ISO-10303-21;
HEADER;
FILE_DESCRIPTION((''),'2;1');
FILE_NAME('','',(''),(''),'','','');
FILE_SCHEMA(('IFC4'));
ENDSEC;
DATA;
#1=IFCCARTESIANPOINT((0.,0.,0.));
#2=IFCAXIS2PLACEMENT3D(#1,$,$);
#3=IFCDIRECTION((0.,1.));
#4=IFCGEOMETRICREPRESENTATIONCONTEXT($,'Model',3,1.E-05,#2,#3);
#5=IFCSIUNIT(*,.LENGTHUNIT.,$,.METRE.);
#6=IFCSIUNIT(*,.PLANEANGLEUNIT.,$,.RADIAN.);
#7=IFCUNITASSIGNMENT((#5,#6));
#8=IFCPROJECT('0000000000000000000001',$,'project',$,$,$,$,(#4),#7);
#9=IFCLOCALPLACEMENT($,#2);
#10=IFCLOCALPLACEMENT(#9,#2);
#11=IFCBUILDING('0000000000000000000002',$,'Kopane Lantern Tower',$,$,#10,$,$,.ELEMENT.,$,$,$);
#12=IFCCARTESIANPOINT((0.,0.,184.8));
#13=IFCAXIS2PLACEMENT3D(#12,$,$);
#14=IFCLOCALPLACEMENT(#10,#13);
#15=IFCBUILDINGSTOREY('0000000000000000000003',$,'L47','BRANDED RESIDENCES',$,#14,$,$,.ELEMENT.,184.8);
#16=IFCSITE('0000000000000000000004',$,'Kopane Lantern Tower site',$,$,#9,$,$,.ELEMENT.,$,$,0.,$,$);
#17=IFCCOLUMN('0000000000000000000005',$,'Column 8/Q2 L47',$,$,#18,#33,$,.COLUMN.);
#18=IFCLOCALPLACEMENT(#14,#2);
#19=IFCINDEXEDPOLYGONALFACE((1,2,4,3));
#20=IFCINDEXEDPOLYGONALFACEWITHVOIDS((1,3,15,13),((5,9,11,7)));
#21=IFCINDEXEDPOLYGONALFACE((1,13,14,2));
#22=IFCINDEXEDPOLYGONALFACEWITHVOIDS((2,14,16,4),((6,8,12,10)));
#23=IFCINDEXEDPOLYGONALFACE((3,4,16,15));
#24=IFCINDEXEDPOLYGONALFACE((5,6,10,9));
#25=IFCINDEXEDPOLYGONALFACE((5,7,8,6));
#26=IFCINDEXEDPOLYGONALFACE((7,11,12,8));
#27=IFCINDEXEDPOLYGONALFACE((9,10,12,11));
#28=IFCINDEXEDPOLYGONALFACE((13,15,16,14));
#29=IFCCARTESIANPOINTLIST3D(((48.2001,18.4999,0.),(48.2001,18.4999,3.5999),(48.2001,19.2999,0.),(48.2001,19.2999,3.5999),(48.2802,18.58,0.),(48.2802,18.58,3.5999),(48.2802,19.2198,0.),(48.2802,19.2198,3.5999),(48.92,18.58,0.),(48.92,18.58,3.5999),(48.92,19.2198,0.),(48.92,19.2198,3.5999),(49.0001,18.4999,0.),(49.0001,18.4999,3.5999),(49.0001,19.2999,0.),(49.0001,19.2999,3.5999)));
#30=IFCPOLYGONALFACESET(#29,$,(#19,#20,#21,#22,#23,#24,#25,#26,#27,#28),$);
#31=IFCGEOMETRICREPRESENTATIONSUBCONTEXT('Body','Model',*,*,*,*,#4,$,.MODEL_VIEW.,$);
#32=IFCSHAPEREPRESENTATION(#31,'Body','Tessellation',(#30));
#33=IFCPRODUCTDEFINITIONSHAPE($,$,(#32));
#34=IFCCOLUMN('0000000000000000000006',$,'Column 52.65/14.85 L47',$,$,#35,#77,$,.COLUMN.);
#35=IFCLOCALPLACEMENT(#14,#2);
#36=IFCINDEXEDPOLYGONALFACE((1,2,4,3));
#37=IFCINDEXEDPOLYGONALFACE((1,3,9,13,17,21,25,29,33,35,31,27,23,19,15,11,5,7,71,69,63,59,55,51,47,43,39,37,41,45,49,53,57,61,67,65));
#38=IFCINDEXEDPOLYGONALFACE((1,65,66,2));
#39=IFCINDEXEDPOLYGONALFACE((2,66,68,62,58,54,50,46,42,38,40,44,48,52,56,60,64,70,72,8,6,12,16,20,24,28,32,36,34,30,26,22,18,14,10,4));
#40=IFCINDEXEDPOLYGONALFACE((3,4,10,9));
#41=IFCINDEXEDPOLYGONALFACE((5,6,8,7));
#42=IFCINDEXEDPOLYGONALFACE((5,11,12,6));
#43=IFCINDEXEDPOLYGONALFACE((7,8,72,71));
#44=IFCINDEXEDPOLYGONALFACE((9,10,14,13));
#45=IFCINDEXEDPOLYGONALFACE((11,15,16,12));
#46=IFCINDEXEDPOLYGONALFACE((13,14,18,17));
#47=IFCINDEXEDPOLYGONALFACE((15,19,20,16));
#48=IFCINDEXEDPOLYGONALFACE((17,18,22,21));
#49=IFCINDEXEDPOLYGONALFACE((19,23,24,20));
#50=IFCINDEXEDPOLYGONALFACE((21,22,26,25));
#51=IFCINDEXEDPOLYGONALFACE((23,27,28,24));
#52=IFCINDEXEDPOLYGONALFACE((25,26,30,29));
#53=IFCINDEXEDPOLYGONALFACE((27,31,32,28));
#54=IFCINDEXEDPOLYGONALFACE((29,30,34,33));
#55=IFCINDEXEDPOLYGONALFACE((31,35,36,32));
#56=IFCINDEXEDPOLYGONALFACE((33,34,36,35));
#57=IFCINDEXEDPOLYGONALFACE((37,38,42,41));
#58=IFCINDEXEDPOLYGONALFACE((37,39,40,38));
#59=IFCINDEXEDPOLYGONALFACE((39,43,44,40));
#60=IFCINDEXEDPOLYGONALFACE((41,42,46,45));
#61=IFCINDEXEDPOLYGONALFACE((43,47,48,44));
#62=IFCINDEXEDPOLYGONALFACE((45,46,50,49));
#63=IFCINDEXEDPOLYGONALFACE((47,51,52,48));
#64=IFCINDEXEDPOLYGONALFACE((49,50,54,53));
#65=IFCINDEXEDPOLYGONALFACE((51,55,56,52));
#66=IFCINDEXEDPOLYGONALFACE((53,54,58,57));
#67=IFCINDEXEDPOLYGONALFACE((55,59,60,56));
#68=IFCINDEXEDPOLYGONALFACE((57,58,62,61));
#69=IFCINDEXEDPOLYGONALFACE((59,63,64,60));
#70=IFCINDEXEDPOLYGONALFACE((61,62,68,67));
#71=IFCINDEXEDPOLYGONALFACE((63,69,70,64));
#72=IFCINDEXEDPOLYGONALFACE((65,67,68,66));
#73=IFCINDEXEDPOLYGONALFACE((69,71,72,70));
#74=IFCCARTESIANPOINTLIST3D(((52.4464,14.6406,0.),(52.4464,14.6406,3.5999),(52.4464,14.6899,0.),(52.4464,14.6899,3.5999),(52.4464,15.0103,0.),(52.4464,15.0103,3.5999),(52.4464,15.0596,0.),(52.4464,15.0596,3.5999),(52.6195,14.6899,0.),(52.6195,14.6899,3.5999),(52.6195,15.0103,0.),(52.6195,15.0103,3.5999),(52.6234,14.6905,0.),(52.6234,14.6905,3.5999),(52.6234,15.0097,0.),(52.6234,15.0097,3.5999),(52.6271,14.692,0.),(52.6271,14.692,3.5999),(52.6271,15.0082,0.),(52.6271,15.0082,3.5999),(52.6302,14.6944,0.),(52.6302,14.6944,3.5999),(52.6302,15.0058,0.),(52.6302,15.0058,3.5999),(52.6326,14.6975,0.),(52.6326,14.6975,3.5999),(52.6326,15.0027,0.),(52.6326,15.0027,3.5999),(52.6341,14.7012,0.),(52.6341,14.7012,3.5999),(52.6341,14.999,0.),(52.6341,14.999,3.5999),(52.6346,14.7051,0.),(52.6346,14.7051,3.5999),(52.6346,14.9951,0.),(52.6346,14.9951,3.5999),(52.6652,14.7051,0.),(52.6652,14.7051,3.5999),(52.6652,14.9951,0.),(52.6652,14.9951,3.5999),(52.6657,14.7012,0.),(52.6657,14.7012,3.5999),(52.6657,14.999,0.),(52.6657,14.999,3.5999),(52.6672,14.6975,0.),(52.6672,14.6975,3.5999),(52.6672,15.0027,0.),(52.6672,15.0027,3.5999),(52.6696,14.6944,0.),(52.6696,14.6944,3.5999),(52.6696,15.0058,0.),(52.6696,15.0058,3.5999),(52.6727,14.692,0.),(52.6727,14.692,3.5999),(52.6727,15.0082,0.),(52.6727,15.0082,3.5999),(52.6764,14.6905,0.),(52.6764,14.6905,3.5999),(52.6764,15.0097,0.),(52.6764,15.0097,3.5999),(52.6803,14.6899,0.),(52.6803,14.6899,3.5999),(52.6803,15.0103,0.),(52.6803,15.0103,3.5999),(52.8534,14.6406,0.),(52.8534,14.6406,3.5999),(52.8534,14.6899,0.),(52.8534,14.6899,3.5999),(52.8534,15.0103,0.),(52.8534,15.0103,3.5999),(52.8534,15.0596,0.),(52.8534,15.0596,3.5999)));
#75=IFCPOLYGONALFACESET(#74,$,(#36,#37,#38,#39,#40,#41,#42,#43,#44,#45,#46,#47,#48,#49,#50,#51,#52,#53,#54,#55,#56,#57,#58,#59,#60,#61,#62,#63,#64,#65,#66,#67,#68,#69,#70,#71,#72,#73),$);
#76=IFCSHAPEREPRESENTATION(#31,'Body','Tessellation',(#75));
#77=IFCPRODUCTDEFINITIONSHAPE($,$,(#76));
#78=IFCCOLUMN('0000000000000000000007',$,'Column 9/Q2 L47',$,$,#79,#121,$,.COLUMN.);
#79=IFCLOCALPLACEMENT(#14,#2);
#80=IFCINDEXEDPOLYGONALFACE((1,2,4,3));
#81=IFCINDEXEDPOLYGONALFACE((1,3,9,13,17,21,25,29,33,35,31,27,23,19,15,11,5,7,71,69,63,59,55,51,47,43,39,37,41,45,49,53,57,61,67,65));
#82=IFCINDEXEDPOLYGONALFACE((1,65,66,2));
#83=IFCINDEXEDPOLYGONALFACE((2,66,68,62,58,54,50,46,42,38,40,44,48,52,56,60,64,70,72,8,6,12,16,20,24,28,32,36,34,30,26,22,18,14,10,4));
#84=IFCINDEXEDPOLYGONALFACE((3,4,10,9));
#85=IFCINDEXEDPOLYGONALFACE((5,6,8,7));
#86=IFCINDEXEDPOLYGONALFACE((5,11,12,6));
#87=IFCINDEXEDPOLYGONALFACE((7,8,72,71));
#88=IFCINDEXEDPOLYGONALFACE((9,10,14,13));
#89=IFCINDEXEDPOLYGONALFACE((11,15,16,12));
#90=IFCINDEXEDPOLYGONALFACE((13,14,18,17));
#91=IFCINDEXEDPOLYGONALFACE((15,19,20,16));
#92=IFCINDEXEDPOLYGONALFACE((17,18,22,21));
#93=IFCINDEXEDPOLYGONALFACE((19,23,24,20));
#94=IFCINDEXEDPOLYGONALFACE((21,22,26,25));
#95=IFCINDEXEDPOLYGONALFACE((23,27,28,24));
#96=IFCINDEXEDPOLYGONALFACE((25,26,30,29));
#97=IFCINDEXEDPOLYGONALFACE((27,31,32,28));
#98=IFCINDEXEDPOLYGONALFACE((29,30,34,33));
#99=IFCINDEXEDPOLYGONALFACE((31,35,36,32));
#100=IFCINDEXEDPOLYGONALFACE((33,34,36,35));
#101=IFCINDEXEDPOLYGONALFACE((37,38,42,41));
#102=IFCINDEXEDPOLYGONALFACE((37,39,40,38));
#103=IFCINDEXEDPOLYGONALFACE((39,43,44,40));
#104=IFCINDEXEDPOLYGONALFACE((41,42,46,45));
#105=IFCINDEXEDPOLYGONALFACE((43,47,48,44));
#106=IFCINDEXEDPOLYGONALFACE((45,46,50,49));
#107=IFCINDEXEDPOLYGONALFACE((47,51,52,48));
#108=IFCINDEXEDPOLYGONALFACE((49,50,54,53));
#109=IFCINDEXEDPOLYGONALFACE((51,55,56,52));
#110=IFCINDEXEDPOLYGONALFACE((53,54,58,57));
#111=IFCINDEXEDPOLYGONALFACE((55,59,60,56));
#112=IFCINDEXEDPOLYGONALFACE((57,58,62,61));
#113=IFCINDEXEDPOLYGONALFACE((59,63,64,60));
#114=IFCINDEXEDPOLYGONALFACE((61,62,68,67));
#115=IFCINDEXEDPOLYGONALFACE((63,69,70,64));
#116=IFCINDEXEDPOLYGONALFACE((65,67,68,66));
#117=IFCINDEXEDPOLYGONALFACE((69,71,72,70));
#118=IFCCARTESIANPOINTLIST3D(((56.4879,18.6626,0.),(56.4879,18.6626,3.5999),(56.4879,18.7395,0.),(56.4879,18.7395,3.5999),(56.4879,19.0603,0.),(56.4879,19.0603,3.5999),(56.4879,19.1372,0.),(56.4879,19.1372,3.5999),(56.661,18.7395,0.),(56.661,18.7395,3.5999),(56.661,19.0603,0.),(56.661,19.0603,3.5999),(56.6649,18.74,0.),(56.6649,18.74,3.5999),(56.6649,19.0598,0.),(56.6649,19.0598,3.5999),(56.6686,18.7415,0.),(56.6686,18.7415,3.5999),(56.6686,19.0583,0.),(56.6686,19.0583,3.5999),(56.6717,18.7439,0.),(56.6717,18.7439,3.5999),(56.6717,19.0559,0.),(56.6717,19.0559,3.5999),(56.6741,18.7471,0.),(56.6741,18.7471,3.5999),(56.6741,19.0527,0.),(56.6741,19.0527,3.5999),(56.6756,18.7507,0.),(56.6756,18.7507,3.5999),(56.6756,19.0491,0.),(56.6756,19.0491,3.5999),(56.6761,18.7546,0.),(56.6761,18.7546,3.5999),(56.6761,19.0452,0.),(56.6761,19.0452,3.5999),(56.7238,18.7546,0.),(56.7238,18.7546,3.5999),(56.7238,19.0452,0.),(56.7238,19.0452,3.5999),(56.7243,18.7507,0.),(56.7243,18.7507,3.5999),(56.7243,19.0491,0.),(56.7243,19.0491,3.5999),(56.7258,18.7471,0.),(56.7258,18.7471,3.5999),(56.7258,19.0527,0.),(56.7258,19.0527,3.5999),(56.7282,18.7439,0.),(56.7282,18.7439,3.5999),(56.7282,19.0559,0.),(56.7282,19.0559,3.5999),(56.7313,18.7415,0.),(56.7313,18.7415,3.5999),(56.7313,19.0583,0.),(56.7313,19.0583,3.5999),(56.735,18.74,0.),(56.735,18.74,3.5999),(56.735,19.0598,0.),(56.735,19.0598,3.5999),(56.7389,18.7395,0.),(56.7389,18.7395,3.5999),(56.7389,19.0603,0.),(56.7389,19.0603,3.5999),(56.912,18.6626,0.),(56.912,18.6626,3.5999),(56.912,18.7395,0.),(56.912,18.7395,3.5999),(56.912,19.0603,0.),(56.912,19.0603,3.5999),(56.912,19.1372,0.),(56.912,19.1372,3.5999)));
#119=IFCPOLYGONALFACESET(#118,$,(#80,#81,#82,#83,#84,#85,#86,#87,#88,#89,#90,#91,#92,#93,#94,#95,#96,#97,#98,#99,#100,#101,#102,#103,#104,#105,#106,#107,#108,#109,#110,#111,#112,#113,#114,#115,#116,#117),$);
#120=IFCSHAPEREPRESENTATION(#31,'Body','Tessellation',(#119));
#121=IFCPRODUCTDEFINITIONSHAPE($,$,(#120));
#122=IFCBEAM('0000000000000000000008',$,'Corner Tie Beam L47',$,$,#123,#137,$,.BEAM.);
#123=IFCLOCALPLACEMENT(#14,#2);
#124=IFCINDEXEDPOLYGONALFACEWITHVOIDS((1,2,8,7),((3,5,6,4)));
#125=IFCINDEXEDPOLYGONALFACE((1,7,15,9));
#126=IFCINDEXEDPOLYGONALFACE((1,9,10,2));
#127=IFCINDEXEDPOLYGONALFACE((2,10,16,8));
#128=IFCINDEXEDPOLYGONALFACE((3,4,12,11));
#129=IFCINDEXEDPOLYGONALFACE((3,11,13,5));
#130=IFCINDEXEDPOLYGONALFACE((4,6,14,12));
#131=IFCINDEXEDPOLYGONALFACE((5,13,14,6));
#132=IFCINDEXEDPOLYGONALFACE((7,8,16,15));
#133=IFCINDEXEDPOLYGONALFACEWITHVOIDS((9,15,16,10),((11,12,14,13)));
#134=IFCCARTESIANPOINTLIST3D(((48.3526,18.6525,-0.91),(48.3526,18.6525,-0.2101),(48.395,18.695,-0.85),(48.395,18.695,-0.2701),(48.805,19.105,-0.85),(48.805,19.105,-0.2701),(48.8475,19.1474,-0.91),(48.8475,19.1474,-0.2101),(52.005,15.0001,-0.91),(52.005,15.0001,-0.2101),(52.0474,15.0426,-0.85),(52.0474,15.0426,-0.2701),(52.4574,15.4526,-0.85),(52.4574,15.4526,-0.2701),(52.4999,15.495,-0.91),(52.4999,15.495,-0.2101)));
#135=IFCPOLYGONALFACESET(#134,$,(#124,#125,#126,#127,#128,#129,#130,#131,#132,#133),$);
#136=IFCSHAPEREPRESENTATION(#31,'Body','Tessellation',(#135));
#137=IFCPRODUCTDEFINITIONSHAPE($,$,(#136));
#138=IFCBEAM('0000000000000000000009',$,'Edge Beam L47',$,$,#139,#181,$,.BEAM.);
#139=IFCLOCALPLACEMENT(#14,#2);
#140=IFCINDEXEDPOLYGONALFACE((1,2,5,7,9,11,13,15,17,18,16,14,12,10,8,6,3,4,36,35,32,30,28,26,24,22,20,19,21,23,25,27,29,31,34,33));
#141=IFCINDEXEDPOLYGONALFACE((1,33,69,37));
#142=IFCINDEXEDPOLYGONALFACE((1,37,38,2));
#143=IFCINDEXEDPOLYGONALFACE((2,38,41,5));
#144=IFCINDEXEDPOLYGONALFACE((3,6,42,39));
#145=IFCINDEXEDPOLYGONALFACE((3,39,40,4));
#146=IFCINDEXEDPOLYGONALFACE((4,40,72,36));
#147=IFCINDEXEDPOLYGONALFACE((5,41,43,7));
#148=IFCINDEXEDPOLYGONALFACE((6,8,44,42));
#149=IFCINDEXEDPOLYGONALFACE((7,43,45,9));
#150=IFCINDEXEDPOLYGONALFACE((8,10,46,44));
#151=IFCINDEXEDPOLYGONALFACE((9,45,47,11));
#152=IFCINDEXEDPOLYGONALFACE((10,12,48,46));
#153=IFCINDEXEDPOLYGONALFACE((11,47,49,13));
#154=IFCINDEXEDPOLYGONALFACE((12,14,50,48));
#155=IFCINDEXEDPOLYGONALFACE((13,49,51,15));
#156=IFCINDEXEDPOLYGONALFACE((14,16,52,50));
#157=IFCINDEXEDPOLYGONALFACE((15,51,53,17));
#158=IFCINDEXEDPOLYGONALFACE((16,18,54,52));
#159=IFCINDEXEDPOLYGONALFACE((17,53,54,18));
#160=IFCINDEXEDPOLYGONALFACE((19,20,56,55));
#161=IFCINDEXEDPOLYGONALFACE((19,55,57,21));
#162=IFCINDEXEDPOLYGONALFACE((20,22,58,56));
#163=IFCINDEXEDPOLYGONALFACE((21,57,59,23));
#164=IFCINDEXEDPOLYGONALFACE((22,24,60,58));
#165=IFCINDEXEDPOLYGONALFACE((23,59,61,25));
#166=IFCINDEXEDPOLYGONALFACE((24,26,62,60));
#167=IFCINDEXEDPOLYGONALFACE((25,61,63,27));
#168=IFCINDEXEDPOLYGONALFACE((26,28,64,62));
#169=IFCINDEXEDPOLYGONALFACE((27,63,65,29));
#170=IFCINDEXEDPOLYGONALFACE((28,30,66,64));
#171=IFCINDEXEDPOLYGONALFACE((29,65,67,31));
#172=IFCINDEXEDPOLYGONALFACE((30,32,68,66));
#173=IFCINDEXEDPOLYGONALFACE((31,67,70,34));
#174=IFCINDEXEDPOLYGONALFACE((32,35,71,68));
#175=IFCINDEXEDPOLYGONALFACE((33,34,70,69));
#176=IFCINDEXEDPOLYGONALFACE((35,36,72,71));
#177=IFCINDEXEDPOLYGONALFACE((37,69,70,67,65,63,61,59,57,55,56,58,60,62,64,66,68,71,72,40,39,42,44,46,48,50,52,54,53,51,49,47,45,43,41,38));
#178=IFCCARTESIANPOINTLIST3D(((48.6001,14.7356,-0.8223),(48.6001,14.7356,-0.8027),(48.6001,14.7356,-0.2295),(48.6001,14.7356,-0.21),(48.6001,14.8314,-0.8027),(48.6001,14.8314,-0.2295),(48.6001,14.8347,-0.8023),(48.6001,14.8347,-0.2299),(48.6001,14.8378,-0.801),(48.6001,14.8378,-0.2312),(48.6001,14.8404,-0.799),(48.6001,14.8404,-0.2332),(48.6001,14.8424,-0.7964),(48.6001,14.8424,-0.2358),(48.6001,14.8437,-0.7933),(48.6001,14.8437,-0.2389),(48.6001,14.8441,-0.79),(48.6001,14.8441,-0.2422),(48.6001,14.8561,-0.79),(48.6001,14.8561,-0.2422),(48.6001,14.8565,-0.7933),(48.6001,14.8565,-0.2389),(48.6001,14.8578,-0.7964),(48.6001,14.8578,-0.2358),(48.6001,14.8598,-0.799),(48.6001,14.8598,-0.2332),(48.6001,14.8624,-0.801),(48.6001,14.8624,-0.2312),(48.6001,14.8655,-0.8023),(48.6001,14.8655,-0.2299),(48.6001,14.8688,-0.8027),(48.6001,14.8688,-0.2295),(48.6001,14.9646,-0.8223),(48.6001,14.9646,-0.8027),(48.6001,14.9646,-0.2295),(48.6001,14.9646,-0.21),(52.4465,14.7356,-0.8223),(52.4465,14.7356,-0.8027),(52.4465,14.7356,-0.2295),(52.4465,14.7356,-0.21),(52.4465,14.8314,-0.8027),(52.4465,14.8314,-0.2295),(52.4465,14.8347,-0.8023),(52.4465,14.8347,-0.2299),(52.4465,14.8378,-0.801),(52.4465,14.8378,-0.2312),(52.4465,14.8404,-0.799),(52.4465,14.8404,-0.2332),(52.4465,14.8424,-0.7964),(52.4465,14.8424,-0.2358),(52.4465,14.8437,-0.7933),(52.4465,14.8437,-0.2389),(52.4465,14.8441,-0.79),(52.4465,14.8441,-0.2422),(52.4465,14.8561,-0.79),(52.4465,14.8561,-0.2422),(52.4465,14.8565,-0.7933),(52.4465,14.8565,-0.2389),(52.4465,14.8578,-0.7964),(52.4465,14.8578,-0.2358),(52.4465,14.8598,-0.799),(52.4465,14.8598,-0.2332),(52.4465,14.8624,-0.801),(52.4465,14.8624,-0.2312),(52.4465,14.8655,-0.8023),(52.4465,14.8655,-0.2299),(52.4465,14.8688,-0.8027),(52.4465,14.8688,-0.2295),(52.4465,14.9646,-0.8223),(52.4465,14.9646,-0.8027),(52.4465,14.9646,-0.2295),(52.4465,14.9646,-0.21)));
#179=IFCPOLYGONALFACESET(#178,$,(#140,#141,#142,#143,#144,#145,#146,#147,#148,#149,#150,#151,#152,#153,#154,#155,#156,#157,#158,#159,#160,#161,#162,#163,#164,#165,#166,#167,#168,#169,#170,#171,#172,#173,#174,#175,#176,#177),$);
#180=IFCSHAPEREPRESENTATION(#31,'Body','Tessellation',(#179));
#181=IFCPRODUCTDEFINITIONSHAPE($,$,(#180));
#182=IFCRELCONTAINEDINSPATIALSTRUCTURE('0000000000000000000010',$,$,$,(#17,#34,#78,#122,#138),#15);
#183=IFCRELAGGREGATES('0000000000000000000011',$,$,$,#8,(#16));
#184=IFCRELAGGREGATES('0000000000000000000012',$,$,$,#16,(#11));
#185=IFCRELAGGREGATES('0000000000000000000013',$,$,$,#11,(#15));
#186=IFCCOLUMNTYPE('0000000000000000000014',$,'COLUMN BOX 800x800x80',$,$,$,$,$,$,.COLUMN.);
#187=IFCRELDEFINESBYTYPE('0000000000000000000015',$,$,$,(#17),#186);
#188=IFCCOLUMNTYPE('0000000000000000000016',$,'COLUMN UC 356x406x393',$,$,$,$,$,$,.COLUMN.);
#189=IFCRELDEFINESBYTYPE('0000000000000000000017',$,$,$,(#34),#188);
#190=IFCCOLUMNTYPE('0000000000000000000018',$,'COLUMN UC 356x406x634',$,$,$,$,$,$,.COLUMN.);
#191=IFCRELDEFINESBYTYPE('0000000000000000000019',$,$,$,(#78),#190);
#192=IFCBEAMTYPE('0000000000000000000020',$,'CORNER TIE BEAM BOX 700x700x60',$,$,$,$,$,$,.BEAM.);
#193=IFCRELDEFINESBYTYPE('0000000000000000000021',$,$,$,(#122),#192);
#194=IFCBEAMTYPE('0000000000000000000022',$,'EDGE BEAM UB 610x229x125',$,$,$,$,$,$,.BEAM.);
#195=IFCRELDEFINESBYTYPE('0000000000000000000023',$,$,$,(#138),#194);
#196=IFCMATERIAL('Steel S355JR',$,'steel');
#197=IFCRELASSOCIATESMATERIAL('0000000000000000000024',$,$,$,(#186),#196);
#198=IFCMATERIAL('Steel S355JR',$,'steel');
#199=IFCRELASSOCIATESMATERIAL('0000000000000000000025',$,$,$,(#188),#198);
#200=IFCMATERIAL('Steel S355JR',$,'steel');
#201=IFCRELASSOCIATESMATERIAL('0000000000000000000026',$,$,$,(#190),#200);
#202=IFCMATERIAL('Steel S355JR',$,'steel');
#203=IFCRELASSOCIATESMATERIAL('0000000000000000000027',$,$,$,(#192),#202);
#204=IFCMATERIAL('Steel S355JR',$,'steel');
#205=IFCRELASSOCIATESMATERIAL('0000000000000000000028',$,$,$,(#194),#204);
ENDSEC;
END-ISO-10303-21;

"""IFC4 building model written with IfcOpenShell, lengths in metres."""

from ifc_helpers import new_model, si_unit, direction, frame, origin, origin_2d, place, context, subcontext, project, spatial, hollow_rectangle, i_section, extrude, material, material_profile, profile_set, type_object, element, save


model = new_model("IFC4")

# Units and contexts
model_context = context("Model", 3, precision=1e-05, world=origin(), true_north=direction((0.0, 1.0)))
body_context = subcontext(model_context, "Body", "Model", "MODEL_VIEW")
ifc_project = project(units=[si_unit("LENGTHUNIT", "METRE"), si_unit("PLANEANGLEUNIT", "RADIAN")], contexts=[model_context])

# Site, building, storey
site_placement = place(None, origin())
site = spatial("IfcSite", under=ifc_project, at=site_placement, Name="Kopane Lantern Tower site", CompositionType="ELEMENT", RefElevation=0.0)
building_placement = place(site_placement, origin())
building = spatial("IfcBuilding", under=site, at=building_placement, Name="Kopane Lantern Tower", CompositionType="ELEMENT")
storey_placement = place(building_placement, frame((0.0, 0.0, 184.8)))
storey = spatial("IfcBuildingStorey", under=building, at=storey_placement, Name="L47", Description="BRANDED RESIDENCES", CompositionType="ELEMENT", Elevation=184.8)

# Columns
ifc_material_1 = material(Name="Steel S355JR", Category="steel")
ifc_material_profile_1 = material_profile(ifc_material_1, hollow_rectangle(XDim=0.8, YDim=0.8, WallThickness=0.0801, at=origin_2d()), Name="BOX 800x800x80")
ifc_profile_set_1 = profile_set([ifc_material_profile_1], Name="Steel S355JR")
column_type_1 = type_object("IfcColumnType", Name="COLUMN BOX 800x800x80", PredefinedType="COLUMN", material=ifc_profile_set_1)
column_1_placement = place(storey_placement, frame((48.6001, 18.8999, 0.0), z_axis=(0.0, 0.0, 1.0), x_axis=(1.0, 0.0, 0.0)))
element("IfcColumn", 1, at=column_1_placement, inside=storey, type_object=column_type_1, Name="Column 8/Q2 L47", PredefinedType="COLUMN", context=body_context, shape_type="SweptSolid", body=[
    extrude(hollow_rectangle(XDim=0.8, YDim=0.8, WallThickness=0.0801, at=origin_2d()), origin(), (0.0, 0.0, 1.0), 3.5999),
])
ifc_material_2 = material(Name="Steel S355JR", Category="steel")
ifc_material_profile_2 = material_profile(ifc_material_2, i_section(OverallWidth=0.407, OverallDepth=0.4189, WebThickness=0.0305, FlangeThickness=0.0493, FilletRadius=0.0151, at=origin_2d()), Name="UC 356x406x393")
ifc_profile_set_2 = profile_set([ifc_material_profile_2], Name="Steel S355JR")
column_type_2 = type_object("IfcColumnType", Name="COLUMN UC 356x406x393", PredefinedType="COLUMN", material=ifc_profile_set_2)
column_2_placement = place(storey_placement, frame((52.6499, 14.8501, 0.0), z_axis=(0.0, 0.0, 1.0), x_axis=(1.0, 0.0, 0.0)))
element("IfcColumn", 2, at=column_2_placement, inside=storey, type_object=column_type_2, Name="Column 52.65/14.85 L47", PredefinedType="COLUMN", context=body_context, shape_type="SweptSolid", body=[
    extrude(i_section(OverallWidth=0.407, OverallDepth=0.4189, WebThickness=0.0305, FlangeThickness=0.0493, FilletRadius=0.0151, at=origin_2d()), origin(), (0.0, 0.0, 1.0), 3.5999),
])
ifc_material_3 = material(Name="Steel S355JR", Category="steel")
ifc_material_profile_3 = material_profile(ifc_material_3, i_section(OverallWidth=0.4241, OverallDepth=0.4746, WebThickness=0.0476, FlangeThickness=0.0769, FilletRadius=0.0151, at=origin_2d()), Name="UC 356x406x634")
ifc_profile_set_3 = profile_set([ifc_material_profile_3], Name="Steel S355JR")
column_type_3 = type_object("IfcColumnType", Name="COLUMN UC 356x406x634", PredefinedType="COLUMN", material=ifc_profile_set_3)
column_3_placement = place(storey_placement, frame((56.7, 18.8999, 0.0), z_axis=(0.0, 0.0, 1.0), x_axis=(1.0, 0.0, 0.0)))
element("IfcColumn", 3, at=column_3_placement, inside=storey, type_object=column_type_3, Name="Column 9/Q2 L47", PredefinedType="COLUMN", context=body_context, shape_type="SweptSolid", body=[
    extrude(i_section(OverallWidth=0.4241, OverallDepth=0.4746, WebThickness=0.0476, FlangeThickness=0.0769, FilletRadius=0.0151, at=origin_2d()), origin(), (0.0, 0.0, 1.0), 3.5999),
])

# Beams
ifc_material_4 = material(Name="Steel S355JR", Category="steel")
ifc_material_profile_4 = material_profile(ifc_material_4, hollow_rectangle(XDim=0.7, YDim=0.7, WallThickness=0.0601, at=origin_2d()), Name="BOX 700x700x60")
ifc_profile_set_4 = profile_set([ifc_material_profile_4], Name="Steel S355JR")
beam_type_1 = type_object("IfcBeamType", Name="CORNER TIE BEAM BOX 700x700x60", PredefinedType="BEAM", material=ifc_profile_set_4)
beam_1_placement = place(storey_placement, frame((52.2524, 15.2476, -0.5601), z_axis=(-0.707107, 0.707107, 0.0), x_axis=(-0.707107, -0.707107, 0.0)))
element("IfcBeam", 4, at=beam_1_placement, inside=storey, type_object=beam_type_1, Name="Corner Tie Beam L47", PredefinedType="BEAM", context=body_context, shape_type="SweptSolid", body=[
    extrude(hollow_rectangle(XDim=0.7, YDim=0.7, WallThickness=0.0601, at=origin_2d()), origin(), (0.0, 0.0, 1.0), 5.1653),
])
ifc_material_5 = material(Name="Steel S355JR", Category="steel")
ifc_material_profile_5 = material_profile(ifc_material_5, i_section(OverallWidth=0.229, OverallDepth=0.6123, WebThickness=0.012, FlangeThickness=0.0195, FilletRadius=0.0127, at=origin_2d()), Name="UB 610x229x125")
ifc_profile_set_5 = profile_set([ifc_material_profile_5], Name="Steel S355JR")
beam_type_2 = type_object("IfcBeamType", Name="EDGE BEAM UB 610x229x125", PredefinedType="BEAM", material=ifc_profile_set_5)
for number, where, z_axis, x_axis, name in (
    (5, (52.4465, 14.8501, -0.5161), (-1.0, 0.0, 0.0), (0.0, -1.0, 0.0), "Edge Beam L47"),
):
    element("IfcBeam", number, at=place(storey_placement, frame(where, z_axis=z_axis, x_axis=x_axis)), inside=storey, type_object=beam_type_2, Name=name, PredefinedType="BEAM", context=body_context, shape_type="SweptSolid", body=[
        extrude(i_section(OverallWidth=0.229, OverallDepth=0.6123, WebThickness=0.012, FlangeThickness=0.0195, FilletRadius=0.0127, at=origin_2d()), origin(), (0.0, 0.0, 1.0), 3.8464),
    ])

save(model, "model.ifc")
